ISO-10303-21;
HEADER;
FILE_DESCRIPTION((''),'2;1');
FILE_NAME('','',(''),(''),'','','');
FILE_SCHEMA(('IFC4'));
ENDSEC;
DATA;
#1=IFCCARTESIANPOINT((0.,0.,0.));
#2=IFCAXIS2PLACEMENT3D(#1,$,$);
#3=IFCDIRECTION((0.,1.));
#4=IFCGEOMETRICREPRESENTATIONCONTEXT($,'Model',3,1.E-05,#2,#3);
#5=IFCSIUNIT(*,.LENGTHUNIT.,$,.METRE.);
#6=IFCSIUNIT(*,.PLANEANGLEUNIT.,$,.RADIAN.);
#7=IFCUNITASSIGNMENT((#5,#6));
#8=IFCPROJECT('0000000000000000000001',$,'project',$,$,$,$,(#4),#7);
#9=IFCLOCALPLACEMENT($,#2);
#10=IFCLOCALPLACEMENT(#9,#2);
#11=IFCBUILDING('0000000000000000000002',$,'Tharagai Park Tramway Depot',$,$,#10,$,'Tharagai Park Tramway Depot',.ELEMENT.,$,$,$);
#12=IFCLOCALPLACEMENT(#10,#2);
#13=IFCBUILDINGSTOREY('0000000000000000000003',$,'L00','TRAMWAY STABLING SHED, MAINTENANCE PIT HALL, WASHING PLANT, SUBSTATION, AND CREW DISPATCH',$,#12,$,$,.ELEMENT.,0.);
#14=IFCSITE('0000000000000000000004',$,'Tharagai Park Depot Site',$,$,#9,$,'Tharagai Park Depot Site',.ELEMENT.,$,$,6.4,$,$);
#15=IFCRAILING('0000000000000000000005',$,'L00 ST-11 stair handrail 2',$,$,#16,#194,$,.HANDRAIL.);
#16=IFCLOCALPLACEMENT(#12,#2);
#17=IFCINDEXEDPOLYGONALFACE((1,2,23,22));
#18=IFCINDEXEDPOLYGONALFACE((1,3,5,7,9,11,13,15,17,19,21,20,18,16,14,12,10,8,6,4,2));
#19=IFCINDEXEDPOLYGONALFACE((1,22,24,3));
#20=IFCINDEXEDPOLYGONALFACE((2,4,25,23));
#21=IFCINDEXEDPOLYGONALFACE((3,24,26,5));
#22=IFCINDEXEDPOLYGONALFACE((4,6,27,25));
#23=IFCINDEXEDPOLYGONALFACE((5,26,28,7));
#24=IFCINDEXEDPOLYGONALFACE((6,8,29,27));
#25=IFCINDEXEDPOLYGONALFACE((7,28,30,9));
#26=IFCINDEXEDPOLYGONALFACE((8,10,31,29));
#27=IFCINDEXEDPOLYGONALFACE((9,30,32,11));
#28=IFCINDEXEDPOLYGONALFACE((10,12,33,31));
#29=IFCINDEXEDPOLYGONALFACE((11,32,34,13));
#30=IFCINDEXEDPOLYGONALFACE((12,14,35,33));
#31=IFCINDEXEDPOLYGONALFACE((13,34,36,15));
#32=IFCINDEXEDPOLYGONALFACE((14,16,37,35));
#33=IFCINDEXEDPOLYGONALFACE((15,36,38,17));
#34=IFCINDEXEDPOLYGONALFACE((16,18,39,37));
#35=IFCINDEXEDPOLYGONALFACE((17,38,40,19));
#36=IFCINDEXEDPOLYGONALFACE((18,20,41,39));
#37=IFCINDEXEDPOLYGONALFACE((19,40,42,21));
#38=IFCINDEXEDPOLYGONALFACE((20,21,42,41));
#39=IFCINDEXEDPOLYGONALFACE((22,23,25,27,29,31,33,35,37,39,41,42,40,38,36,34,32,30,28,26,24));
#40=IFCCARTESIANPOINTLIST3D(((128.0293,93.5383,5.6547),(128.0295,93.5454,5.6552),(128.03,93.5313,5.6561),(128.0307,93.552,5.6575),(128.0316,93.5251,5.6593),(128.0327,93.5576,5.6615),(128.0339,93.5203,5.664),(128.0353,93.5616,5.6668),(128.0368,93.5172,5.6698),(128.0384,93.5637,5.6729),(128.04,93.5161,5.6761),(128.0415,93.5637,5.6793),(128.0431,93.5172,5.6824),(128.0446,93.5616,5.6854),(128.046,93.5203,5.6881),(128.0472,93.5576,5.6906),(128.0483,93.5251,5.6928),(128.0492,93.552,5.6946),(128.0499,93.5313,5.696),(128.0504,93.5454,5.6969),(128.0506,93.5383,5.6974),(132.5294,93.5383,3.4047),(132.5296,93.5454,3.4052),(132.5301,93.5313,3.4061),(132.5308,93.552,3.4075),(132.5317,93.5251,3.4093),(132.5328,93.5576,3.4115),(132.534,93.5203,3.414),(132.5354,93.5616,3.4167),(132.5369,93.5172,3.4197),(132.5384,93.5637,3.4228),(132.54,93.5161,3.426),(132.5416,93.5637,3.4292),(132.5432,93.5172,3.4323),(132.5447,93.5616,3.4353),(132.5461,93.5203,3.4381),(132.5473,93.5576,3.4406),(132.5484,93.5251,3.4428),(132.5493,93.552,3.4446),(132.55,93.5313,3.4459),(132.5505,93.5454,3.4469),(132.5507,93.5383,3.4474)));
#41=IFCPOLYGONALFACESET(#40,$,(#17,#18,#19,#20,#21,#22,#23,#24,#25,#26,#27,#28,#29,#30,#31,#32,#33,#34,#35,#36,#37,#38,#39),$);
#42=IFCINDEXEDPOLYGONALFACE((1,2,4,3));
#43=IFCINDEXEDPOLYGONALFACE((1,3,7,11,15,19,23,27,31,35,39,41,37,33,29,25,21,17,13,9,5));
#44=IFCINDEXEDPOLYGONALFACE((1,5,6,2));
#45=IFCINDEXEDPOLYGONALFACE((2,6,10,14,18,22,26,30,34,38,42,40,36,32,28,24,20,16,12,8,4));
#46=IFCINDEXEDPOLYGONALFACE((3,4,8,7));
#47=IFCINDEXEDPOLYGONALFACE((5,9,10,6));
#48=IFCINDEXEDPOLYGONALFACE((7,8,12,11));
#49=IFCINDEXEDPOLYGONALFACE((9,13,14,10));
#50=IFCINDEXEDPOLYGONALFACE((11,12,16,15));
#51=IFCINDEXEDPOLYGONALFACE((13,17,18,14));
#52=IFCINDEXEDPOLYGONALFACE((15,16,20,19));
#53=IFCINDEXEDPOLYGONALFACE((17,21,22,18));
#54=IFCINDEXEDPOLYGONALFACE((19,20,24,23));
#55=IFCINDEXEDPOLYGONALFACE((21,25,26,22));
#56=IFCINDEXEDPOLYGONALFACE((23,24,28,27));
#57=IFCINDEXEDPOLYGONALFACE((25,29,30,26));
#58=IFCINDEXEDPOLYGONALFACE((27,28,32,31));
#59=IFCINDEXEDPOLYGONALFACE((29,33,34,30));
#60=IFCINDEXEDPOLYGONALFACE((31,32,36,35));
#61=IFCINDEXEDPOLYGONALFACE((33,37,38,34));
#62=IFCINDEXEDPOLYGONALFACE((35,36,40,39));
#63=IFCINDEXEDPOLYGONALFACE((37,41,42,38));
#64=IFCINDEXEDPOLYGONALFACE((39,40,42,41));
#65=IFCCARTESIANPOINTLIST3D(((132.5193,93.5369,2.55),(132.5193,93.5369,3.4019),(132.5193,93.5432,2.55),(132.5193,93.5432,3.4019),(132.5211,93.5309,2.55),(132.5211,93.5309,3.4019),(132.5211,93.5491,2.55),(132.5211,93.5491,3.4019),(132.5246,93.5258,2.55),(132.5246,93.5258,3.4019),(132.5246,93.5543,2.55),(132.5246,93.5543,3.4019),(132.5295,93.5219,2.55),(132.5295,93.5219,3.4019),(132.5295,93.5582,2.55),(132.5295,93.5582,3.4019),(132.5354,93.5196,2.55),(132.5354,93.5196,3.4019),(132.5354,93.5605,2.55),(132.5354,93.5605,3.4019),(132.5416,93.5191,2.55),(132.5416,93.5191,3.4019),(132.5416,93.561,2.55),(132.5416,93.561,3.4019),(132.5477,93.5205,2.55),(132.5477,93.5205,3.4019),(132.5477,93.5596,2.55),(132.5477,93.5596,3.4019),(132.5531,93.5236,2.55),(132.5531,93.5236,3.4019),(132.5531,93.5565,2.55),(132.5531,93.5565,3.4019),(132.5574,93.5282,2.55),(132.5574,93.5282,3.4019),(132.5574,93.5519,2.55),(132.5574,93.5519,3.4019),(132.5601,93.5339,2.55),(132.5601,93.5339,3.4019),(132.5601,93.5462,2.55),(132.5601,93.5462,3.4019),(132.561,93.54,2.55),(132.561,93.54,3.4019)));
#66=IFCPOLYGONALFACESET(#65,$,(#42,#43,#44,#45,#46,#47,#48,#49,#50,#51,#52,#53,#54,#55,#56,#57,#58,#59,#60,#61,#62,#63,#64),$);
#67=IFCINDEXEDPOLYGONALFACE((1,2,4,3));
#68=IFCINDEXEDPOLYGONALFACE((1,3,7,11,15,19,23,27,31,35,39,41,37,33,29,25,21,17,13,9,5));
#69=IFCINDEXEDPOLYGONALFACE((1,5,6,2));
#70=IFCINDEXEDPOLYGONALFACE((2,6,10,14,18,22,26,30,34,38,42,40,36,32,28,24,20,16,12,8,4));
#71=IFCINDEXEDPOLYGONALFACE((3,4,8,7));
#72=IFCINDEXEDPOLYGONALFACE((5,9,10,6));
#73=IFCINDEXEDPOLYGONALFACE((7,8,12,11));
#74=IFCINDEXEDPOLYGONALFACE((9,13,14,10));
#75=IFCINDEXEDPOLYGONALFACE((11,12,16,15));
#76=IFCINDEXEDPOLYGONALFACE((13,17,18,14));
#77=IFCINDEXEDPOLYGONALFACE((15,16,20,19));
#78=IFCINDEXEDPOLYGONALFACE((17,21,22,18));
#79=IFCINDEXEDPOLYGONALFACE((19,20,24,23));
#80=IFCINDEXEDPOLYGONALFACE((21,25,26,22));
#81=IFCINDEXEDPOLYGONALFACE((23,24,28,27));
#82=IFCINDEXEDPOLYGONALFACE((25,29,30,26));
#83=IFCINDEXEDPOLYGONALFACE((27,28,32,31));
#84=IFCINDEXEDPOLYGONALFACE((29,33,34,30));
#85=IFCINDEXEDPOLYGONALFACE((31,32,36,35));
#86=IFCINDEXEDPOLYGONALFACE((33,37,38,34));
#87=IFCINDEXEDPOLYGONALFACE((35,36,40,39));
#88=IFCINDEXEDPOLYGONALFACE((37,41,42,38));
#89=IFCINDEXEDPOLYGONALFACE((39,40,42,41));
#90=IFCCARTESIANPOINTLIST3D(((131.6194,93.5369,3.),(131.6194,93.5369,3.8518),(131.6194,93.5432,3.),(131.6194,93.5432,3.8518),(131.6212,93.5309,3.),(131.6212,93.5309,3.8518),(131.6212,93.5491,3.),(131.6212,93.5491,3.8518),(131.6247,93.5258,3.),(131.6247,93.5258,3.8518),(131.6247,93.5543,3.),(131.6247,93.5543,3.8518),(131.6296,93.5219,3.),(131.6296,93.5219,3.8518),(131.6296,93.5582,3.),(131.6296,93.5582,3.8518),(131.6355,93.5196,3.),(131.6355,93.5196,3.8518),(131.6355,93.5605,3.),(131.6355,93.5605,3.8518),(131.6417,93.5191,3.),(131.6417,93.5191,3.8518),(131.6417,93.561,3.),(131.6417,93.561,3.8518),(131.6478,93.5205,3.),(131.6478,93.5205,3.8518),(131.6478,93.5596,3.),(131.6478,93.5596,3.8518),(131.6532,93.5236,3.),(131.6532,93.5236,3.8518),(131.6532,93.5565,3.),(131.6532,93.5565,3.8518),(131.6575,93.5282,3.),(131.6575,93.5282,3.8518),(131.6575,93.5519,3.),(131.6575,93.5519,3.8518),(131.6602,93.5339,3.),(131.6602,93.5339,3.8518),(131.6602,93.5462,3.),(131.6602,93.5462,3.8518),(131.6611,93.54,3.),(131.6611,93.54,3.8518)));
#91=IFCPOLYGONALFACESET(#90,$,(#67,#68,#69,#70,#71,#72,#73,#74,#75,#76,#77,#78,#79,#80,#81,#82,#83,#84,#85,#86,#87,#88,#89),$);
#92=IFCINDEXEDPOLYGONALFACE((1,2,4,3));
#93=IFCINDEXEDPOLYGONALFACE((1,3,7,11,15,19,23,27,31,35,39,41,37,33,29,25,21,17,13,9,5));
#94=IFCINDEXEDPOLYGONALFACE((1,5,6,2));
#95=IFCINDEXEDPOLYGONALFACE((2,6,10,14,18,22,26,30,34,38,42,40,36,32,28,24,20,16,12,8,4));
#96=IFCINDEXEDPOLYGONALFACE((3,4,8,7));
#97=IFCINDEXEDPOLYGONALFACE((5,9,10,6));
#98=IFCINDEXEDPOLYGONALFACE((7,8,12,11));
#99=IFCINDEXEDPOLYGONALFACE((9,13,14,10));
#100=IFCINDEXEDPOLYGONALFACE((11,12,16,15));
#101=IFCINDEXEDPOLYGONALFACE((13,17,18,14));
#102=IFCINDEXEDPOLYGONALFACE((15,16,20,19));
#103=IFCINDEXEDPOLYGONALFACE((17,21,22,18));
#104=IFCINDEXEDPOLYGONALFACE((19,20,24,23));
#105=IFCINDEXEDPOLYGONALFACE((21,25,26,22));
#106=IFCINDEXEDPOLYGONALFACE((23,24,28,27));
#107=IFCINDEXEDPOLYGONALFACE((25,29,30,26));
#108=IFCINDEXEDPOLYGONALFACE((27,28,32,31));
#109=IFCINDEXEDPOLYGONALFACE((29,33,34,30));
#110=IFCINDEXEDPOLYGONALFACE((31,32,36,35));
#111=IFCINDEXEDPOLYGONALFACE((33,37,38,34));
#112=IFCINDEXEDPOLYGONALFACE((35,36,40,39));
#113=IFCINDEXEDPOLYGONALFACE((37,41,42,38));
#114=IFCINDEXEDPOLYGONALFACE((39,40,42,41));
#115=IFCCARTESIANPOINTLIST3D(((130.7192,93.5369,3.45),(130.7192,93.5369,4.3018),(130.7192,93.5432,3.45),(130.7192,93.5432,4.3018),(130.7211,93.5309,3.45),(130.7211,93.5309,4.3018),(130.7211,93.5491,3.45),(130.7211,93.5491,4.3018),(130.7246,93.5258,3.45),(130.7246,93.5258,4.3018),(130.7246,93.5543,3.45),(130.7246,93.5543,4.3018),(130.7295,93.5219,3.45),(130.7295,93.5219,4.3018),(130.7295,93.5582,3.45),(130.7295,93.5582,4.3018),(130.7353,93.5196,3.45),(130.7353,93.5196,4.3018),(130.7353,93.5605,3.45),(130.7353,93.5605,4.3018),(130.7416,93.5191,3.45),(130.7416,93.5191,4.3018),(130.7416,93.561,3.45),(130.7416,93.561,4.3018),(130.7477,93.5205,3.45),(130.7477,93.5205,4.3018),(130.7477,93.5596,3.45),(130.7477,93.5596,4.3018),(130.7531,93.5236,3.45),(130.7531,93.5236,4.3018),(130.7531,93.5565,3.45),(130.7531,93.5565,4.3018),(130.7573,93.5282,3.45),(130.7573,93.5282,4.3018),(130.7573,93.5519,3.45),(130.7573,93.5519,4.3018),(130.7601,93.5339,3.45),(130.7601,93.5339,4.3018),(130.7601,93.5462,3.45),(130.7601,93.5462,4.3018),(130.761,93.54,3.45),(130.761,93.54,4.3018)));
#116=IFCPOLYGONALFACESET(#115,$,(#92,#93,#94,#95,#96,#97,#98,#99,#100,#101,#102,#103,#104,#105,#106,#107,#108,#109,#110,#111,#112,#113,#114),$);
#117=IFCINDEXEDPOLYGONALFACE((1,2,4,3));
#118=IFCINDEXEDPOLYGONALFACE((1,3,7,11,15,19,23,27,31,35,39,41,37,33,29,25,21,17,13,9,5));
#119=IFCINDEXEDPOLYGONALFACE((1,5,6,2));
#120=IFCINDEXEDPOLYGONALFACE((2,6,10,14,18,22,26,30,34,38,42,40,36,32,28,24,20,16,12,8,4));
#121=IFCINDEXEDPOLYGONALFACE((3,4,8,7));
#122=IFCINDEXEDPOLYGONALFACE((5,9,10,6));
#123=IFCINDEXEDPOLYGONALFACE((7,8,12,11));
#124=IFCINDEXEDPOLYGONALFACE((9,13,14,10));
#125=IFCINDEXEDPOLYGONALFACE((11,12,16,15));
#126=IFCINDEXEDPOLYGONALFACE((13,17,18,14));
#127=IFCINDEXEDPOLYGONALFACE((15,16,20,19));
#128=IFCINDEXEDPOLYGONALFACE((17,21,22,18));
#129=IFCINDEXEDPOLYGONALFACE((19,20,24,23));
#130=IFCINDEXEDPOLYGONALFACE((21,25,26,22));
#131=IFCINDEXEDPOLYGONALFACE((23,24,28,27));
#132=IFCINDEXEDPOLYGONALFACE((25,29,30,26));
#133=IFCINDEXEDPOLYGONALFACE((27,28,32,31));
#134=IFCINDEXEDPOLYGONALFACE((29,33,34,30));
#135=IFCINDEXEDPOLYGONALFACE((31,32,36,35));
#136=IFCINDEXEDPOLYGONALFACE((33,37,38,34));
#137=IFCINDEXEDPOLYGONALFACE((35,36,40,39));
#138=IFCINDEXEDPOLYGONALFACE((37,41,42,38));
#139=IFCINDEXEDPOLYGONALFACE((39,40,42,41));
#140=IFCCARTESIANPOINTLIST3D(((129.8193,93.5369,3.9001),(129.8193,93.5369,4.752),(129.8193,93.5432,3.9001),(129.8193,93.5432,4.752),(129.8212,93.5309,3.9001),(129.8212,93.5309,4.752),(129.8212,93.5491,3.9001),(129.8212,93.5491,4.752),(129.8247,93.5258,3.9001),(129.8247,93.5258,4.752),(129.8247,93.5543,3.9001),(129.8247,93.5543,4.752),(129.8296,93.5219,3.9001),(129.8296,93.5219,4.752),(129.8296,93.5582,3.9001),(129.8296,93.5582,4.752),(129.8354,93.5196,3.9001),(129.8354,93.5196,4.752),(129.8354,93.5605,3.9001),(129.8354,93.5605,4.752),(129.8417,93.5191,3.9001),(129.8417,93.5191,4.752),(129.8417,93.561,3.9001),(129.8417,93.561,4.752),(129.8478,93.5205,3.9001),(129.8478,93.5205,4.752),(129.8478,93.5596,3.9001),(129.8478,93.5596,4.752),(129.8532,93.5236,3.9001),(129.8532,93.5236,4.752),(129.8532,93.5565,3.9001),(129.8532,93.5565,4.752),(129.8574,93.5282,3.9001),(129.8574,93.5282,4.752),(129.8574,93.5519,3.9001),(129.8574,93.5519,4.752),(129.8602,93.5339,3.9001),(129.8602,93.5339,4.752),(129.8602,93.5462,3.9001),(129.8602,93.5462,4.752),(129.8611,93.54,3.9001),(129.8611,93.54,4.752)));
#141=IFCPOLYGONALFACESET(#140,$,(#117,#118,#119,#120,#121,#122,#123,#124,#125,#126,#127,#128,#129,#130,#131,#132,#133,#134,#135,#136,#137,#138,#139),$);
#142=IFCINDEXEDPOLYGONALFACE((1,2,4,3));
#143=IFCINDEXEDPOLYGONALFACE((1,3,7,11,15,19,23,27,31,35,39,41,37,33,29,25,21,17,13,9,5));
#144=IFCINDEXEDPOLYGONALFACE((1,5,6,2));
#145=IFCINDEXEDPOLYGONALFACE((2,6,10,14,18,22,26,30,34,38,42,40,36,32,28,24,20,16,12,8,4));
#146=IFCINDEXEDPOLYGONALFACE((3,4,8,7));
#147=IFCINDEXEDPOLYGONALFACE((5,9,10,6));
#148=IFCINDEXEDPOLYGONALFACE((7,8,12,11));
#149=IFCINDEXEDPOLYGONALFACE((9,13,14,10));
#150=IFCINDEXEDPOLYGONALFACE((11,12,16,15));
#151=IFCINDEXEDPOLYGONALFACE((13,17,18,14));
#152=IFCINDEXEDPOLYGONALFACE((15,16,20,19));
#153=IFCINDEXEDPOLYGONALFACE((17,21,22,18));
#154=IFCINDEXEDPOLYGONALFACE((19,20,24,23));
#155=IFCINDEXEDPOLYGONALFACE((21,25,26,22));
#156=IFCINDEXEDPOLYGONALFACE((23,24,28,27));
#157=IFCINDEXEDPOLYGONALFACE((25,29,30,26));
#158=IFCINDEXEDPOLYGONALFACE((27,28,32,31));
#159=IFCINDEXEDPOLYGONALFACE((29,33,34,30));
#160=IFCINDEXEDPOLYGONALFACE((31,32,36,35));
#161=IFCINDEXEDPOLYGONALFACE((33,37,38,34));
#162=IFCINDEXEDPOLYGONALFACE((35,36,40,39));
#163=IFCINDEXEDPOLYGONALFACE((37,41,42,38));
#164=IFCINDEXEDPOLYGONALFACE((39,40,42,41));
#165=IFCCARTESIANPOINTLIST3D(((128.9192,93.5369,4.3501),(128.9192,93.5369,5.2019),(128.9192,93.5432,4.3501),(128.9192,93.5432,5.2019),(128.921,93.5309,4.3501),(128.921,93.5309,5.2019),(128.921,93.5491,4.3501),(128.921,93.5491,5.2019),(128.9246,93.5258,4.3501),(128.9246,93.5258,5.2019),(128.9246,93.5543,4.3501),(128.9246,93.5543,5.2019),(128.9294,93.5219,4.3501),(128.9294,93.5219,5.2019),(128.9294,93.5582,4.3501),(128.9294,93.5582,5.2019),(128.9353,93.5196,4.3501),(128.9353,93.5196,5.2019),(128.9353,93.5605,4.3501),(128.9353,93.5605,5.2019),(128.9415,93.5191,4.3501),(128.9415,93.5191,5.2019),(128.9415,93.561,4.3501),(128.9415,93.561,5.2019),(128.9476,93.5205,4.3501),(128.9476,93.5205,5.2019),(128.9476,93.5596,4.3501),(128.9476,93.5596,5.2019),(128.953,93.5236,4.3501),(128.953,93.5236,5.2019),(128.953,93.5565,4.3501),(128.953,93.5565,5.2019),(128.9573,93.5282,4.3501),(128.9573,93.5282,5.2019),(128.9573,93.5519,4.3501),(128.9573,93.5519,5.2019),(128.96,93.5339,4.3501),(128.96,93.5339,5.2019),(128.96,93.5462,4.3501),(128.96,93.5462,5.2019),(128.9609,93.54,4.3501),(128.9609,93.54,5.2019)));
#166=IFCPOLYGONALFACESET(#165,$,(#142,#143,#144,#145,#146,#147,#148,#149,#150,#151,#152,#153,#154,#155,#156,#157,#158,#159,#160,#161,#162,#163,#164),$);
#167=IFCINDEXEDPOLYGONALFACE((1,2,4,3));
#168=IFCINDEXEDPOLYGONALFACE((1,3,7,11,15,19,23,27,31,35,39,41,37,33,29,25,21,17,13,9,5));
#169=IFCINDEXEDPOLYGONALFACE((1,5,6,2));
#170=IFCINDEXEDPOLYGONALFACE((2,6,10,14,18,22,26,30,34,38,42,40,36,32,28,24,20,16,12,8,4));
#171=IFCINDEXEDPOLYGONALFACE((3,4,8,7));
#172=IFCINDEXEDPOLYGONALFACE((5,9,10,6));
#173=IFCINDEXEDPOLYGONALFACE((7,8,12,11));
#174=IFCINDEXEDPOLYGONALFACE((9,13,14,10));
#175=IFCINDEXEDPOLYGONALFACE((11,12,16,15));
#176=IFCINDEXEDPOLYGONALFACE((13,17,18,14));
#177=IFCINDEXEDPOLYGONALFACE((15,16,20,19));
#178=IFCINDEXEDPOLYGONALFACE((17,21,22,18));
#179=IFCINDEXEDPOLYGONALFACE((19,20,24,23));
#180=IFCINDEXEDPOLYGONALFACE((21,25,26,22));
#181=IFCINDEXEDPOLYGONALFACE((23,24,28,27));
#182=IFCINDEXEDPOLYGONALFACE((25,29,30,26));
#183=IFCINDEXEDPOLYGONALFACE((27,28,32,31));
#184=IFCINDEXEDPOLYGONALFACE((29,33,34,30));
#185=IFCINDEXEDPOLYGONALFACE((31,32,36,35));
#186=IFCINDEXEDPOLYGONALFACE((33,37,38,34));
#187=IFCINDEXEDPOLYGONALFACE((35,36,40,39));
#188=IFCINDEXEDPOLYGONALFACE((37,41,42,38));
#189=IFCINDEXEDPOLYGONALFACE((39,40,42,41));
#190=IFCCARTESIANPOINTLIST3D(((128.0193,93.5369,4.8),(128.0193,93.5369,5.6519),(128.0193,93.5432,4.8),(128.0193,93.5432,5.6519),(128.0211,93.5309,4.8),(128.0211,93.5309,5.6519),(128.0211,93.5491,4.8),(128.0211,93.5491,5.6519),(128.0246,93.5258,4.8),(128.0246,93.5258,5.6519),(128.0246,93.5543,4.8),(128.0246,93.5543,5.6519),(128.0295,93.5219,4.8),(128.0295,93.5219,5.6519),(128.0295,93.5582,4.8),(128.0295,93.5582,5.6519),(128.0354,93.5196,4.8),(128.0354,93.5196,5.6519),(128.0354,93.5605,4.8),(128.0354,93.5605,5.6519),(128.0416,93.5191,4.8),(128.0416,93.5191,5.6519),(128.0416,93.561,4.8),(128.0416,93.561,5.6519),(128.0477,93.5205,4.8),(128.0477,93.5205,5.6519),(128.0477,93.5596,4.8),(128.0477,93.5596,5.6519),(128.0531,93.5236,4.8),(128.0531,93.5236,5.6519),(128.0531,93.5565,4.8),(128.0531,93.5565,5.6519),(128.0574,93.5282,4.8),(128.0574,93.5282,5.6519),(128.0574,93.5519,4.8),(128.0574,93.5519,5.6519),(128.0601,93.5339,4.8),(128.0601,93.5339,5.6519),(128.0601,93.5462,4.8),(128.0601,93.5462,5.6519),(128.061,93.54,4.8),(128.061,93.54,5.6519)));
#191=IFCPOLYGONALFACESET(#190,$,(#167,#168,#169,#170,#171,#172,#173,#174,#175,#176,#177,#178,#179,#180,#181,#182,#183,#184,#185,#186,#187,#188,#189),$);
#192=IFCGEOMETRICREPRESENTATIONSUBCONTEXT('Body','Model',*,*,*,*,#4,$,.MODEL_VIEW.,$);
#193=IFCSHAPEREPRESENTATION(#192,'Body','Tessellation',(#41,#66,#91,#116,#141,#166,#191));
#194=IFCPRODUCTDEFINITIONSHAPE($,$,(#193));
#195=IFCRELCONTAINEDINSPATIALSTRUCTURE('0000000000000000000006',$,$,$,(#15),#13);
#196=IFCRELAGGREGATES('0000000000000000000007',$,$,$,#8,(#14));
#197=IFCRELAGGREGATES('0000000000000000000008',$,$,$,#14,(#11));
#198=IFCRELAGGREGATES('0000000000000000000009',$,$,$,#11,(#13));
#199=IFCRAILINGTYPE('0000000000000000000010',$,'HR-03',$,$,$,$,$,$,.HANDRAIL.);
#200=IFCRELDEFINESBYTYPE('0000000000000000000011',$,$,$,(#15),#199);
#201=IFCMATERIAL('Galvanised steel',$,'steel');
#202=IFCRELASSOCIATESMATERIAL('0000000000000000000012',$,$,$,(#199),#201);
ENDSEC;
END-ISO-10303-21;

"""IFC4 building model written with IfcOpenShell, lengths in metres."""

from ifc_helpers import new_model, si_unit, direction, frame, origin, origin_2d, place, context, subcontext, project, spatial, circle, extrude, material, type_object, element, save


model = new_model("IFC4")

# Units and contexts
model_context = context("Model", 3, precision=1e-05, world=origin(), true_north=direction((0.0, 1.0)))
body_context = subcontext(model_context, "Body", "Model", "MODEL_VIEW")
ifc_project = project(units=[si_unit("LENGTHUNIT", "METRE"), si_unit("PLANEANGLEUNIT", "RADIAN")], contexts=[model_context])

# Site, building, storey
site_placement = place(None, origin())
site = spatial("IfcSite", under=ifc_project, at=site_placement, Name="Tharagai Park Depot Site", LongName="Tharagai Park Depot Site", CompositionType="ELEMENT", RefElevation=6.4)
building_placement = place(site_placement, origin())
building = spatial("IfcBuilding", under=site, at=building_placement, Name="Tharagai Park Tramway Depot", LongName="Tharagai Park Tramway Depot", CompositionType="ELEMENT")
storey_placement = place(building_placement, origin())
storey = spatial("IfcBuildingStorey", under=building, at=storey_placement, Name="L00", Description="TRAMWAY STABLING SHED, MAINTENANCE PIT HALL, WASHING PLANT, SUBSTATION, AND CREW DISPATCH", CompositionType="ELEMENT", Elevation=0.0)

# Shared definitions
ifc_material_1 = material(Name="Galvanised steel", Category="steel")

# Railing
railing_type_1 = type_object("IfcRailingType", Name="HR-03", PredefinedType="HANDRAIL", material=ifc_material_1)
railing_1_placement = place(storey_placement, frame((132.54, 93.54, 2.55)))
element("IfcRailing", 1, at=railing_1_placement, inside=storey, type_object=railing_type_1, Name="L00 ST-11 stair handrail 2", PredefinedType="HANDRAIL", context=body_context, shape_type="SweptSolid", body=[
    extrude(circle(Radius=0.0239, at=origin_2d()), frame((0.0, 0.0, 0.876), z_axis=(-0.894427, 0.0, 0.447214), x_axis=(0.0, -1.0, 0.0)), (0.0, 0.0, 1.0), 5.0312),
    extrude(circle(Radius=0.021, at=origin_2d()), origin(), (0.0, 0.0, 1.0), 0.8518),
    extrude(circle(Radius=0.021, at=origin_2d()), frame((-0.8999, 0.0, 0.45)), (0.0, 0.0, 1.0), 0.8518),
    extrude(circle(Radius=0.021, at=origin_2d()), frame((-1.8, 0.0, 0.8999)), (0.0, 0.0, 1.0), 0.8518),
    extrude(circle(Radius=0.021, at=origin_2d()), frame((-2.7, 0.0, 1.3501)), (0.0, 0.0, 1.0), 0.8518),
    extrude(circle(Radius=0.021, at=origin_2d()), frame((-3.6001, 0.0, 1.8)), (0.0, 0.0, 1.0), 0.8518),
    extrude(circle(Radius=0.021, at=origin_2d()), frame((-4.5, 0.0, 2.25)), (0.0, 0.0, 1.0), 0.8518),
])

save(model, "model.ifc")
